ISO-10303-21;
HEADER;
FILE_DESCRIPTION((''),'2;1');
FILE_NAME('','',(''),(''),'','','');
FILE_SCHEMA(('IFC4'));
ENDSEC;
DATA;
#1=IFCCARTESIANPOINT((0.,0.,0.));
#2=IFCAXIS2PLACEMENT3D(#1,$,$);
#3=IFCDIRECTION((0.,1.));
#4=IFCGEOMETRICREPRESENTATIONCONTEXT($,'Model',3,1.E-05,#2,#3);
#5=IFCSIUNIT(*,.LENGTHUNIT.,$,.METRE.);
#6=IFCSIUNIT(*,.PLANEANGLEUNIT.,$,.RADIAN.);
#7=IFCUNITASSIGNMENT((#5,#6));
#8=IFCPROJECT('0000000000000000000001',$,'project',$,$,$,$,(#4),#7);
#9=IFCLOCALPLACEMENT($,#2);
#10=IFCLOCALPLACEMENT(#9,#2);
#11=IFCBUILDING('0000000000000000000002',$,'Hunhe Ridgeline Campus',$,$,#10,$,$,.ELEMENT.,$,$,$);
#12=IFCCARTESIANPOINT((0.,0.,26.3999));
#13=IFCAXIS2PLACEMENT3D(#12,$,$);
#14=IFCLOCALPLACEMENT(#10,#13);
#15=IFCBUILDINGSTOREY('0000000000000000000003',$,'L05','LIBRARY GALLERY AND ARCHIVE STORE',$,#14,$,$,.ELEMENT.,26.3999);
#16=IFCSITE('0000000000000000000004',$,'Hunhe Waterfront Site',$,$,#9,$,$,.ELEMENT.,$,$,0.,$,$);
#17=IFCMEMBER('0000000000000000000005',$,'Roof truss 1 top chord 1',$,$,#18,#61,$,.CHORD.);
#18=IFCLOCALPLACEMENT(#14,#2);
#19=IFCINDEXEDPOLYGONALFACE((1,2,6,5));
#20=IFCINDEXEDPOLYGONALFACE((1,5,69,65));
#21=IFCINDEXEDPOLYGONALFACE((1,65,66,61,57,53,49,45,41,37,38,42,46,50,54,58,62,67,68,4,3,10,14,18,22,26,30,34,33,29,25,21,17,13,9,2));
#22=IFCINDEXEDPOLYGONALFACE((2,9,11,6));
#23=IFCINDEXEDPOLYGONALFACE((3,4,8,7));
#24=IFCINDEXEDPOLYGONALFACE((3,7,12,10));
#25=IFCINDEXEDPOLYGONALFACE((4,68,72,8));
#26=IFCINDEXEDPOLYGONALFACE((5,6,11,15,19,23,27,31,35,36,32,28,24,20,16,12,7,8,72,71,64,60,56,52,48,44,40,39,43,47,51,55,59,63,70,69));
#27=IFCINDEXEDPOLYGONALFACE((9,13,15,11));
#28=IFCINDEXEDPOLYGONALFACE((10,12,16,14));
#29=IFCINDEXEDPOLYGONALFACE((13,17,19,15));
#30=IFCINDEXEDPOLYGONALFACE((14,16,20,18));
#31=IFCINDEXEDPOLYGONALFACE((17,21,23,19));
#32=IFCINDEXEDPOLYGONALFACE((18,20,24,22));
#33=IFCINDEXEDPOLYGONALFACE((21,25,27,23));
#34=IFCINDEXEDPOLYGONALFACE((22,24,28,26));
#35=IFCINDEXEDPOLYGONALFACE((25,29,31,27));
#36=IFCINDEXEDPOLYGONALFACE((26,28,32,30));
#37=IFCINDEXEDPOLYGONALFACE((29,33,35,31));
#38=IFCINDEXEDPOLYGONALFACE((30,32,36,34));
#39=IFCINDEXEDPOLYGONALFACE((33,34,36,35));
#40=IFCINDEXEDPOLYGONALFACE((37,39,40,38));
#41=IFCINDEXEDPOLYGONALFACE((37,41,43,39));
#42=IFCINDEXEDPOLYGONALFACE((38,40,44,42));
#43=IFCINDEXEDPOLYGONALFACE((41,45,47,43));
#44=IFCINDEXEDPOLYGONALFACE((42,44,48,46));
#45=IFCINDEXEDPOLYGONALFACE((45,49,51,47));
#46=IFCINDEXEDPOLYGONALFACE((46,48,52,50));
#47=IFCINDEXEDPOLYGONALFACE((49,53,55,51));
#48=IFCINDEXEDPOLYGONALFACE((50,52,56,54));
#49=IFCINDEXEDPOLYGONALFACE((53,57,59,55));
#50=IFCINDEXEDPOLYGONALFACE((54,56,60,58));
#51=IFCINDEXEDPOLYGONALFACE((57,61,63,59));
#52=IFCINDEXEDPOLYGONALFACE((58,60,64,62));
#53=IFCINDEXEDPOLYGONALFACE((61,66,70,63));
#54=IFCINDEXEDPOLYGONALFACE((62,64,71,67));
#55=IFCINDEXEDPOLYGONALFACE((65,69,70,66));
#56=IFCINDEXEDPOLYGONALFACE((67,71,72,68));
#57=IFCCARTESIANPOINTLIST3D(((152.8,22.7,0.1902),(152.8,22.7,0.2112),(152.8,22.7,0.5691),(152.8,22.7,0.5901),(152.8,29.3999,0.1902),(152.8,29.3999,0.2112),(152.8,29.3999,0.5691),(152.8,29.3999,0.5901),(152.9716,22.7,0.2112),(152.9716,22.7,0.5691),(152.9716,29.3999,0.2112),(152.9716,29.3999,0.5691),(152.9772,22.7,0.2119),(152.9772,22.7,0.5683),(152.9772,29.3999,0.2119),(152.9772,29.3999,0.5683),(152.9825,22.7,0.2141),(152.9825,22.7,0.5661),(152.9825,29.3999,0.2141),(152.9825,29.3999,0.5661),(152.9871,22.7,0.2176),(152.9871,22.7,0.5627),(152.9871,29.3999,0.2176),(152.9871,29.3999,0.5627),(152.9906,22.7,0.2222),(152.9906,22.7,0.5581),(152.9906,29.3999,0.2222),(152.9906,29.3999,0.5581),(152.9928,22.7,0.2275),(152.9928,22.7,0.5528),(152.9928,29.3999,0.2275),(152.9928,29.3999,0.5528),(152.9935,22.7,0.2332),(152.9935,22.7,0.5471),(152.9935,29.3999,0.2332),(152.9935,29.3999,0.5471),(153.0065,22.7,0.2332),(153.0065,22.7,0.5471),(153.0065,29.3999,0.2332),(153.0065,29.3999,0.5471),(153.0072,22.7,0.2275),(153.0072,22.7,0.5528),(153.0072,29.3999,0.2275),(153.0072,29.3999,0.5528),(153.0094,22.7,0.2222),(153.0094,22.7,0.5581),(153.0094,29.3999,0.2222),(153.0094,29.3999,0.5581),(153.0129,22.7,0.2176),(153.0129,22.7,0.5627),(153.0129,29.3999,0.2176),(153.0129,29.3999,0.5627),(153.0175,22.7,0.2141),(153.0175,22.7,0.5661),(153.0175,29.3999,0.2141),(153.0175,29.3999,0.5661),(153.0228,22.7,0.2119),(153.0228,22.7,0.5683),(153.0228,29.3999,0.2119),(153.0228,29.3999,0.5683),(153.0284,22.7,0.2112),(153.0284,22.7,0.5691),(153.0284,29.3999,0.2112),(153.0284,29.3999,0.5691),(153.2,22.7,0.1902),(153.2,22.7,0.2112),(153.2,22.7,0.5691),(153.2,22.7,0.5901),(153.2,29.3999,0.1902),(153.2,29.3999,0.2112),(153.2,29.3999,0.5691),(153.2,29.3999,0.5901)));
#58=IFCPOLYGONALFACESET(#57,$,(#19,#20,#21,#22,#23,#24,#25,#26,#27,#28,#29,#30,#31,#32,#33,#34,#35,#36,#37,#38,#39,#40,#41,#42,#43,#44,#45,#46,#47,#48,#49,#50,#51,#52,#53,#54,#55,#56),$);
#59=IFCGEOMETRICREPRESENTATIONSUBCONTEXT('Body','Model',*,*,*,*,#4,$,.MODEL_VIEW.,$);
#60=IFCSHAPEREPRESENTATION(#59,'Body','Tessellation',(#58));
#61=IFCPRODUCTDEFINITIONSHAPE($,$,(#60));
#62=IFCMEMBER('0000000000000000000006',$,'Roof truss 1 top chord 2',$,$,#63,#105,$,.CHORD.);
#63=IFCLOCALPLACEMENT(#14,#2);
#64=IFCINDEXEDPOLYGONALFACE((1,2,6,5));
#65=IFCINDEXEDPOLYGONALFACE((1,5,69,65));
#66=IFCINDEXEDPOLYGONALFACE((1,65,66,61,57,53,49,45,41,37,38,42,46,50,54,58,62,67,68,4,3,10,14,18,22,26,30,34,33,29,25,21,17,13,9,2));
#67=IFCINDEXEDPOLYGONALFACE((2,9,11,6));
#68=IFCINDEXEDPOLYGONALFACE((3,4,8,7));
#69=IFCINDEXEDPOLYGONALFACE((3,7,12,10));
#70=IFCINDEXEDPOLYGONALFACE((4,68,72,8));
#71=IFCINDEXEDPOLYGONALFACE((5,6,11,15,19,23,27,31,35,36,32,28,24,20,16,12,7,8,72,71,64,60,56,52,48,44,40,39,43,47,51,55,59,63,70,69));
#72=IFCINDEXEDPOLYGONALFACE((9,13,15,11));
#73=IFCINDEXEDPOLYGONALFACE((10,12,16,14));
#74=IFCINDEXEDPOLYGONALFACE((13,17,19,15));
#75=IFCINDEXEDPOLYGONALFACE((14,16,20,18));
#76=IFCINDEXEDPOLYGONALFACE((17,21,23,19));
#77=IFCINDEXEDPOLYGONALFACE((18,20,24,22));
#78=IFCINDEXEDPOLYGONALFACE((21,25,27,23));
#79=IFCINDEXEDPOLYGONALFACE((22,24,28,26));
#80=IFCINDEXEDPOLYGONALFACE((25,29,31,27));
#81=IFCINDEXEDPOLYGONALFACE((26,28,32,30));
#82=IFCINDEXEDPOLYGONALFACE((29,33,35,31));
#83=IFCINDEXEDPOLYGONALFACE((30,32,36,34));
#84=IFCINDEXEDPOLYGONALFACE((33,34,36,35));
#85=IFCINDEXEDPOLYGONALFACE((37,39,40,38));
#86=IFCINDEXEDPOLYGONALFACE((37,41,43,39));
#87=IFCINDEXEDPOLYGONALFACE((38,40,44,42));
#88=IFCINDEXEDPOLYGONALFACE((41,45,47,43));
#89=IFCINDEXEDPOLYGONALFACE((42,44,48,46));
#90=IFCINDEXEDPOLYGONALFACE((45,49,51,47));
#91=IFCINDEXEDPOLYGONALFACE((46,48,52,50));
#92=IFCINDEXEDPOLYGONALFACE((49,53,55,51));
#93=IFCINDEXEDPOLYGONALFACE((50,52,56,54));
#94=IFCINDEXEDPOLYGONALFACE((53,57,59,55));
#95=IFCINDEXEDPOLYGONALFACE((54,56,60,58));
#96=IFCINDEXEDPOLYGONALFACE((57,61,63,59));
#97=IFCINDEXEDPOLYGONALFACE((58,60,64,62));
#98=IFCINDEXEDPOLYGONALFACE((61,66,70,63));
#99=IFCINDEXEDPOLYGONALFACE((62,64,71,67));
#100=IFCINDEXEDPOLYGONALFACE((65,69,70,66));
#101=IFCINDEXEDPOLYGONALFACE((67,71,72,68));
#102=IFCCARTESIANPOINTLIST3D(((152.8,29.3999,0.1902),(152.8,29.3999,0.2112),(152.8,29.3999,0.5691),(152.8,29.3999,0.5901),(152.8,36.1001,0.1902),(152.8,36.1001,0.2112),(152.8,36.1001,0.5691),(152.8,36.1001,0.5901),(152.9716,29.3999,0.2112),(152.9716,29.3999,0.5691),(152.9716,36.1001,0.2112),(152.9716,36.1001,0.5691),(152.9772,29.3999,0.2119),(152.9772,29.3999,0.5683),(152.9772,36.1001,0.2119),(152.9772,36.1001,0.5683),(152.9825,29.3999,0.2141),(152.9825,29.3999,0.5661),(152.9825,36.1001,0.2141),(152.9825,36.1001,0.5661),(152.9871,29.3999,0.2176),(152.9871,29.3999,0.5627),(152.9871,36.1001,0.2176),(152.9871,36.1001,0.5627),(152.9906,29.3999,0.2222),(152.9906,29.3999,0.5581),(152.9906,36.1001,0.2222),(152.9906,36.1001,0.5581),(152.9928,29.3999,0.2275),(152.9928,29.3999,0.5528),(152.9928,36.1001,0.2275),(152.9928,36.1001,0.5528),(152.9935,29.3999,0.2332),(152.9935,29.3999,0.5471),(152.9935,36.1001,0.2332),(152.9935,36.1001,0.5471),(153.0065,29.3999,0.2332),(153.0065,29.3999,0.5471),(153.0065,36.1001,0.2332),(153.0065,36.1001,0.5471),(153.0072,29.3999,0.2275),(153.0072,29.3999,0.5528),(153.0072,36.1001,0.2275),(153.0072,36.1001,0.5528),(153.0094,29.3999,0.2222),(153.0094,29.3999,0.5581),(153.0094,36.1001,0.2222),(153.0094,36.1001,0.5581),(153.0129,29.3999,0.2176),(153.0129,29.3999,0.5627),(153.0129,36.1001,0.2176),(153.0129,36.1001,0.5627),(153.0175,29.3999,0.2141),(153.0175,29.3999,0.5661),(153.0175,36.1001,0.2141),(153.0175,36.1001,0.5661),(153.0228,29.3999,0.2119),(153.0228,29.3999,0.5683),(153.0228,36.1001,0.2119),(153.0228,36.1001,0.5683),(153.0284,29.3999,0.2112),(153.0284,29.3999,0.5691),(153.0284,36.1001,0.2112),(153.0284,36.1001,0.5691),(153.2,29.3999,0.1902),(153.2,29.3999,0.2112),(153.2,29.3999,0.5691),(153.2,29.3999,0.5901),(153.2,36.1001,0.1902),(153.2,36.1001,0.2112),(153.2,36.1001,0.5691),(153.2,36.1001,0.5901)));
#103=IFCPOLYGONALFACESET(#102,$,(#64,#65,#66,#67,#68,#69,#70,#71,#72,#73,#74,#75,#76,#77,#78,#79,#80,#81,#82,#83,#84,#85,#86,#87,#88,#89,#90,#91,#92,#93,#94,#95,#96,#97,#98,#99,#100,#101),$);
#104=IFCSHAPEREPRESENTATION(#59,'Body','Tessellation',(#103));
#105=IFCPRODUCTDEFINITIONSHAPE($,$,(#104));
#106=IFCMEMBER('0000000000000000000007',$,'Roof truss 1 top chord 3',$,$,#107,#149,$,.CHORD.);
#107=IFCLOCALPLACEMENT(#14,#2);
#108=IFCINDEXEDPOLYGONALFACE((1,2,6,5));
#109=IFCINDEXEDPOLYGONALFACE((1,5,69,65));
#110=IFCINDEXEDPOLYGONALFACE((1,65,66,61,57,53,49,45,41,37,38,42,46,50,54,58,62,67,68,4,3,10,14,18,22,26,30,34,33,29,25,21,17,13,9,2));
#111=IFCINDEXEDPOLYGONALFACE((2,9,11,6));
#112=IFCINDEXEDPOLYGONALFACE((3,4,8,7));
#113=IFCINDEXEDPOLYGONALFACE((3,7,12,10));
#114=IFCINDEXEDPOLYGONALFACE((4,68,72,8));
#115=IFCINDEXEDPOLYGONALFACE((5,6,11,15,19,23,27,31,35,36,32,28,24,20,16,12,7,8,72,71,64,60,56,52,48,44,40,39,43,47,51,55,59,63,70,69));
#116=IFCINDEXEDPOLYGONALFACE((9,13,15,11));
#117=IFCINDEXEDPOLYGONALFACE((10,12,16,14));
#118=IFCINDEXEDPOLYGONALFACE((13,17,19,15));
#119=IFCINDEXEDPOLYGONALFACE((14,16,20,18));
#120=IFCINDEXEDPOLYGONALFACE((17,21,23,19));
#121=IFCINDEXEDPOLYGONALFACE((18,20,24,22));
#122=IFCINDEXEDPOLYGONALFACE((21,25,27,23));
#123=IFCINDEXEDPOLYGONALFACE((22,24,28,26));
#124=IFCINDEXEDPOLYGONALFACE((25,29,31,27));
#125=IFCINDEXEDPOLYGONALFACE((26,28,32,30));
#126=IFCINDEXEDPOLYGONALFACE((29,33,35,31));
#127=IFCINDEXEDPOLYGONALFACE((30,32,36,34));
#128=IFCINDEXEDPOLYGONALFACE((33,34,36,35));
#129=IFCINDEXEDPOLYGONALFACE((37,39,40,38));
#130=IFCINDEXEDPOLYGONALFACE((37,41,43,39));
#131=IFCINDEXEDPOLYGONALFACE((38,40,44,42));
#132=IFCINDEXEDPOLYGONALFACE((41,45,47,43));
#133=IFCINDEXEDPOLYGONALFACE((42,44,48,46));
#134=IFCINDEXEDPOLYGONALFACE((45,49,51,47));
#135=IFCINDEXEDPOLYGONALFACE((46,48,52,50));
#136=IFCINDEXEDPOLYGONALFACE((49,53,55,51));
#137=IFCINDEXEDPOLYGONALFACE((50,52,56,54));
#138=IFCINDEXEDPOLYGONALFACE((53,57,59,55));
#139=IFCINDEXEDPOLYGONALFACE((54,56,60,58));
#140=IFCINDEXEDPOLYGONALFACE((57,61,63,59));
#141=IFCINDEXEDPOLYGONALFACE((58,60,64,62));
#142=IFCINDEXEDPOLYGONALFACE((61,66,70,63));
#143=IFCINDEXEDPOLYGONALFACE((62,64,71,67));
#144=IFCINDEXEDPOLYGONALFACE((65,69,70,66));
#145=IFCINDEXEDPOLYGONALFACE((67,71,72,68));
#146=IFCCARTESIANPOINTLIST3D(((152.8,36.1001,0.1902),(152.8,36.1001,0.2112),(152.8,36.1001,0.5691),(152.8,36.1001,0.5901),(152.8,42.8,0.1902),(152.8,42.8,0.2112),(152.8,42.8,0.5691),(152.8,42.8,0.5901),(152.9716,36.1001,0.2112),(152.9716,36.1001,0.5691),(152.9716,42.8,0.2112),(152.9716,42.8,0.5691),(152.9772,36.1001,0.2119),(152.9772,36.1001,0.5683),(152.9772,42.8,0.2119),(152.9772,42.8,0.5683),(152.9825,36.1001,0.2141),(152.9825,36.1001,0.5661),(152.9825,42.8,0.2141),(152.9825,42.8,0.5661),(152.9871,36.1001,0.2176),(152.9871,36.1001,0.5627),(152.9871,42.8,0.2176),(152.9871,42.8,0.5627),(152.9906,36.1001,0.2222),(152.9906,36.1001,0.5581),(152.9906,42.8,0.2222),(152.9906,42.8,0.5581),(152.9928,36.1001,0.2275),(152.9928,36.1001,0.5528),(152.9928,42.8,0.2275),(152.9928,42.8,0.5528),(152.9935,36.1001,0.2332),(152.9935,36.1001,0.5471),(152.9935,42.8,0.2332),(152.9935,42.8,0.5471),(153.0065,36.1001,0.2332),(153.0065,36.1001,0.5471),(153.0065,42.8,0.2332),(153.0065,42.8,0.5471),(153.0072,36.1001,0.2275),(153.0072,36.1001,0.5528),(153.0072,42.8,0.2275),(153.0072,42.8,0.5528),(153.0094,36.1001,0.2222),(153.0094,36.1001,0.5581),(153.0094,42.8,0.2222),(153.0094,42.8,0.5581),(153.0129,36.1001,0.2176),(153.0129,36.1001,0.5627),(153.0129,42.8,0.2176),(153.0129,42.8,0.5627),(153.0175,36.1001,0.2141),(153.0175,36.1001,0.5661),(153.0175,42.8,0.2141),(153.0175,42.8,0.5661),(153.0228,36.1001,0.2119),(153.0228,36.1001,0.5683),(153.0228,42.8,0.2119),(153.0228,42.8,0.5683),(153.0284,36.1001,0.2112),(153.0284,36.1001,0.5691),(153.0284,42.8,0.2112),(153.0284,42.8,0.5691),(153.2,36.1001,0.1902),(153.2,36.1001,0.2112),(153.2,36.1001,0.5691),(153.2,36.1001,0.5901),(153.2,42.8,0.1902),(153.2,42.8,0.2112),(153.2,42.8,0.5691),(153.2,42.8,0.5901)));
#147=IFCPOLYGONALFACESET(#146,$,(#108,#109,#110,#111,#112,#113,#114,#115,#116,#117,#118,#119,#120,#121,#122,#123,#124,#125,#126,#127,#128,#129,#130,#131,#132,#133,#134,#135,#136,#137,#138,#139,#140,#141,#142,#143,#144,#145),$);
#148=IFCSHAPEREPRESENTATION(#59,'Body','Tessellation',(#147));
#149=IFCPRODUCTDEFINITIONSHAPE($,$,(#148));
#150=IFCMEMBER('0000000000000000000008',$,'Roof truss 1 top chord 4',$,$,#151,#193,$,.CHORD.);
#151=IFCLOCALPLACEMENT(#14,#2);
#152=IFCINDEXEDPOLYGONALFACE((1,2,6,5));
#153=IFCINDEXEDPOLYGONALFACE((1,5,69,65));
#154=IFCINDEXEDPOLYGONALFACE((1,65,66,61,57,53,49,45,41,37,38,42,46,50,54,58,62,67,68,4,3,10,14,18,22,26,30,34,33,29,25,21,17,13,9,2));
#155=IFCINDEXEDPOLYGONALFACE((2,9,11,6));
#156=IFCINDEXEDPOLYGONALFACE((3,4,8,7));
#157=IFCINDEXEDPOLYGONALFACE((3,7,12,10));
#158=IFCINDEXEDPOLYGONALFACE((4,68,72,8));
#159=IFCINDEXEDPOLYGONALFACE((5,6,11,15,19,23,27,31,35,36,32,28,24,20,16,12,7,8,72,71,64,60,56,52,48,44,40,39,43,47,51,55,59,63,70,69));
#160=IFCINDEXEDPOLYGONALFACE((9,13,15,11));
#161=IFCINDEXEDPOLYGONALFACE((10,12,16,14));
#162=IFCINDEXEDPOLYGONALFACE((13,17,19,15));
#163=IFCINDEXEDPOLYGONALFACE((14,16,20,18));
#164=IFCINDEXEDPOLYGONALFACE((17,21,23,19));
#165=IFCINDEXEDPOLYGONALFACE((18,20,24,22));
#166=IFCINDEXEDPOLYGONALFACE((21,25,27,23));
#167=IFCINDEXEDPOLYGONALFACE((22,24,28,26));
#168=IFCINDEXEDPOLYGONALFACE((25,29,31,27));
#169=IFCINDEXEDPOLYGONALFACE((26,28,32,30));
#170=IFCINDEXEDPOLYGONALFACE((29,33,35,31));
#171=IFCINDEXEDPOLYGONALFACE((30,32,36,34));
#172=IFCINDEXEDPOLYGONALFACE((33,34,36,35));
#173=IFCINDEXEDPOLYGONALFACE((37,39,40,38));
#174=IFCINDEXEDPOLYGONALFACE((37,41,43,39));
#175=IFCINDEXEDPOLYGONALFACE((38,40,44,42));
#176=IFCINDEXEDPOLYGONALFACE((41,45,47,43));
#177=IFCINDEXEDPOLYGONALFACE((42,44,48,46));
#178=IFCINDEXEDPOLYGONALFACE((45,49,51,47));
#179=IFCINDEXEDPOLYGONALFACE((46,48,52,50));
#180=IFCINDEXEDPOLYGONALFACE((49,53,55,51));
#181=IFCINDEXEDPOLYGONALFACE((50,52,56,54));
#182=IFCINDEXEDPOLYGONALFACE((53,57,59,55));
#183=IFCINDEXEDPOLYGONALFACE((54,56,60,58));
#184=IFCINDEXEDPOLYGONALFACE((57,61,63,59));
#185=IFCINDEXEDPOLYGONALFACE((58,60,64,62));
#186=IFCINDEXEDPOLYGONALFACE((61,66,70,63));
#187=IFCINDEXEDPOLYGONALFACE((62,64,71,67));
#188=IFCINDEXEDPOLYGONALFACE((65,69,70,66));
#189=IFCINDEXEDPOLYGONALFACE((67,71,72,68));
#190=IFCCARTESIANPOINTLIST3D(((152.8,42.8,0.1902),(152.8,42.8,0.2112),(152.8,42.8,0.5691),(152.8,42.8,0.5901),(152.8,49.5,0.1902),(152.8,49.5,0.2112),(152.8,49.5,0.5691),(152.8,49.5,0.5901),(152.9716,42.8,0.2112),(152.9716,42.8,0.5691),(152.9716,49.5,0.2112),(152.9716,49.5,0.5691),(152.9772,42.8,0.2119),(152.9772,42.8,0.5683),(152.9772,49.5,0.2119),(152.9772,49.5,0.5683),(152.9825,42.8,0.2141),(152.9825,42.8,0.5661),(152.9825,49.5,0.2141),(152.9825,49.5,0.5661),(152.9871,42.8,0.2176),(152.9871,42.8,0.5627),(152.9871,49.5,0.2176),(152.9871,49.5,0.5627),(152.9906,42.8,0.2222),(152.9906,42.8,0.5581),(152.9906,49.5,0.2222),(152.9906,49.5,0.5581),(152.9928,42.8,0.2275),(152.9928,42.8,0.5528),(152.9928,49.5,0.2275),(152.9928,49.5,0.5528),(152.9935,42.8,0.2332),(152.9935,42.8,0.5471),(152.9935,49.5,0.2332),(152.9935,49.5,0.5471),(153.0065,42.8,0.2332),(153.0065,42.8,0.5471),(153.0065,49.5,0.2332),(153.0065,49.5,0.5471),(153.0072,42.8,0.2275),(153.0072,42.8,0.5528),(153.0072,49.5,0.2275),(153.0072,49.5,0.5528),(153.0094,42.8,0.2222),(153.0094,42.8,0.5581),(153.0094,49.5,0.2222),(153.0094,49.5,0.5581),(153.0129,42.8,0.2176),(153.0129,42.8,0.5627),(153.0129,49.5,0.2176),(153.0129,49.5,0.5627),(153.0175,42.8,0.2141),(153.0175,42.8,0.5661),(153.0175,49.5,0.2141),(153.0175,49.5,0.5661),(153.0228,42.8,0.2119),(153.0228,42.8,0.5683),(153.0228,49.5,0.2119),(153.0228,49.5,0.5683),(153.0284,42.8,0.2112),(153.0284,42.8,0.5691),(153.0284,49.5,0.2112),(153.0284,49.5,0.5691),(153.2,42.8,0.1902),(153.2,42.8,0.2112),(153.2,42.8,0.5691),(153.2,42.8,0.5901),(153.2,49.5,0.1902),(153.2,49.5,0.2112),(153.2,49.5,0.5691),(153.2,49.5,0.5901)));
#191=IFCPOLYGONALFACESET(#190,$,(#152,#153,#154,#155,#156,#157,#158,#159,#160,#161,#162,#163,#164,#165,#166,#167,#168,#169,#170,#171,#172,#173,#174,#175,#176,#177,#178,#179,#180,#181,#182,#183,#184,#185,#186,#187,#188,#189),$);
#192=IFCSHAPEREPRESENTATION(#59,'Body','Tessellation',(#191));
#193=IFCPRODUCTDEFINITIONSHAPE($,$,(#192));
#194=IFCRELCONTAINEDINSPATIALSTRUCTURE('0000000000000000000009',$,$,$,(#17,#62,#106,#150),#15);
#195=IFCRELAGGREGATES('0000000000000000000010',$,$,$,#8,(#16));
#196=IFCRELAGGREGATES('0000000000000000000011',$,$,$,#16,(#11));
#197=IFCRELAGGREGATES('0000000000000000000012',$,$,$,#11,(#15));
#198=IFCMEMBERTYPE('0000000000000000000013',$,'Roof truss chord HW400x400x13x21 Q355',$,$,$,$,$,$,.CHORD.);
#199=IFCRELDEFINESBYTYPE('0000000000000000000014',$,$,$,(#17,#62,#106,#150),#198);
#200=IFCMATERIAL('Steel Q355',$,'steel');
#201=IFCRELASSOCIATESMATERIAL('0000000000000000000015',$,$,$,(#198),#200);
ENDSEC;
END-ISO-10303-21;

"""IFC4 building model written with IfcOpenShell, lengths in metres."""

from ifc_helpers import new_model, si_unit, direction, frame, origin, origin_2d, place, context, subcontext, project, spatial, i_section, extrude, material, material_profile, profile_set, type_object, element, save


model = new_model("IFC4")

# Units and contexts
model_context = context("Model", 3, precision=1e-05, world=origin(), true_north=direction((0.0, 1.0)))
body_context = subcontext(model_context, "Body", "Model", "MODEL_VIEW")
ifc_project = project(units=[si_unit("LENGTHUNIT", "METRE"), si_unit("PLANEANGLEUNIT", "RADIAN")], contexts=[model_context])

# Site, building, storey
site_placement = place(None, origin())
site = spatial("IfcSite", under=ifc_project, at=site_placement, Name="Hunhe Waterfront Site", CompositionType="ELEMENT", RefElevation=0.0)
building_placement = place(site_placement, origin())
building = spatial("IfcBuilding", under=site, at=building_placement, Name="Hunhe Ridgeline Campus", CompositionType="ELEMENT")
storey_placement = place(building_placement, frame((0.0, 0.0, 26.3999)))
storey = spatial("IfcBuildingStorey", under=building, at=storey_placement, Name="L05", Description="LIBRARY GALLERY AND ARCHIVE STORE", CompositionType="ELEMENT", Elevation=26.3999)

# Members
ifc_material = material(Name="Steel Q355", Category="steel")
ifc_material_profile_1 = material_profile(ifc_material, i_section(OverallWidth=0.3999, OverallDepth=0.3999, WebThickness=0.0129, FlangeThickness=0.021, FilletRadius=0.022, at=origin_2d()))
ifc_profile_set_1 = profile_set([ifc_material_profile_1], Name="Steel Q355")
member_type_1 = type_object("IfcMemberType", Name="Roof truss chord HW400x400x13x21 Q355", PredefinedType="CHORD", material=ifc_profile_set_1)
member_1_placement = place(storey_placement, frame((153.0, 22.7, 0.3901), z_axis=(0.0, 1.0, 0.0), x_axis=(-1.0, 0.0, 0.0)))
element("IfcMember", 1, at=member_1_placement, inside=storey, type_object=member_type_1, Name="Roof truss 1 top chord 1", PredefinedType="CHORD", context=body_context, shape_type="SweptSolid", body=[
    extrude(i_section(OverallWidth=0.3999, OverallDepth=0.3999, WebThickness=0.0129, FlangeThickness=0.021, FilletRadius=0.022, at=origin_2d()), origin(), (0.0, 0.0, 1.0), 6.7),
])
member_2_placement = place(storey_placement, frame((153.0, 29.3999, 0.3901), z_axis=(0.0, 1.0, 0.0), x_axis=(-1.0, 0.0, 0.0)))
element("IfcMember", 2, at=member_2_placement, inside=storey, type_object=member_type_1, Name="Roof truss 1 top chord 2", PredefinedType="CHORD", context=body_context, shape_type="SweptSolid", body=[
    extrude(i_section(OverallWidth=0.3999, OverallDepth=0.3999, WebThickness=0.0129, FlangeThickness=0.021, FilletRadius=0.022, at=origin_2d()), origin(), (0.0, 0.0, 1.0), 6.7002),
])
for number, where, z_axis, x_axis, name in (
    (3, (153.0, 36.1001, 0.3901), (0.0, 1.0, 0.0), (-1.0, 0.0, 0.0), "Roof truss 1 top chord 3"),
    (4, (153.0, 42.8, 0.3901), (0.0, 1.0, 0.0), (-1.0, 0.0, 0.0), "Roof truss 1 top chord 4"),
):
    element("IfcMember", number, at=place(storey_placement, frame(where, z_axis=z_axis, x_axis=x_axis)), inside=storey, type_object=member_type_1, Name=name, PredefinedType="CHORD", context=body_context, shape_type="SweptSolid", body=[
        extrude(i_section(OverallWidth=0.3999, OverallDepth=0.3999, WebThickness=0.0129, FlangeThickness=0.021, FilletRadius=0.022, at=origin_2d()), origin(), (0.0, 0.0, 1.0), 6.7),
    ])

save(model, "model.ifc")
